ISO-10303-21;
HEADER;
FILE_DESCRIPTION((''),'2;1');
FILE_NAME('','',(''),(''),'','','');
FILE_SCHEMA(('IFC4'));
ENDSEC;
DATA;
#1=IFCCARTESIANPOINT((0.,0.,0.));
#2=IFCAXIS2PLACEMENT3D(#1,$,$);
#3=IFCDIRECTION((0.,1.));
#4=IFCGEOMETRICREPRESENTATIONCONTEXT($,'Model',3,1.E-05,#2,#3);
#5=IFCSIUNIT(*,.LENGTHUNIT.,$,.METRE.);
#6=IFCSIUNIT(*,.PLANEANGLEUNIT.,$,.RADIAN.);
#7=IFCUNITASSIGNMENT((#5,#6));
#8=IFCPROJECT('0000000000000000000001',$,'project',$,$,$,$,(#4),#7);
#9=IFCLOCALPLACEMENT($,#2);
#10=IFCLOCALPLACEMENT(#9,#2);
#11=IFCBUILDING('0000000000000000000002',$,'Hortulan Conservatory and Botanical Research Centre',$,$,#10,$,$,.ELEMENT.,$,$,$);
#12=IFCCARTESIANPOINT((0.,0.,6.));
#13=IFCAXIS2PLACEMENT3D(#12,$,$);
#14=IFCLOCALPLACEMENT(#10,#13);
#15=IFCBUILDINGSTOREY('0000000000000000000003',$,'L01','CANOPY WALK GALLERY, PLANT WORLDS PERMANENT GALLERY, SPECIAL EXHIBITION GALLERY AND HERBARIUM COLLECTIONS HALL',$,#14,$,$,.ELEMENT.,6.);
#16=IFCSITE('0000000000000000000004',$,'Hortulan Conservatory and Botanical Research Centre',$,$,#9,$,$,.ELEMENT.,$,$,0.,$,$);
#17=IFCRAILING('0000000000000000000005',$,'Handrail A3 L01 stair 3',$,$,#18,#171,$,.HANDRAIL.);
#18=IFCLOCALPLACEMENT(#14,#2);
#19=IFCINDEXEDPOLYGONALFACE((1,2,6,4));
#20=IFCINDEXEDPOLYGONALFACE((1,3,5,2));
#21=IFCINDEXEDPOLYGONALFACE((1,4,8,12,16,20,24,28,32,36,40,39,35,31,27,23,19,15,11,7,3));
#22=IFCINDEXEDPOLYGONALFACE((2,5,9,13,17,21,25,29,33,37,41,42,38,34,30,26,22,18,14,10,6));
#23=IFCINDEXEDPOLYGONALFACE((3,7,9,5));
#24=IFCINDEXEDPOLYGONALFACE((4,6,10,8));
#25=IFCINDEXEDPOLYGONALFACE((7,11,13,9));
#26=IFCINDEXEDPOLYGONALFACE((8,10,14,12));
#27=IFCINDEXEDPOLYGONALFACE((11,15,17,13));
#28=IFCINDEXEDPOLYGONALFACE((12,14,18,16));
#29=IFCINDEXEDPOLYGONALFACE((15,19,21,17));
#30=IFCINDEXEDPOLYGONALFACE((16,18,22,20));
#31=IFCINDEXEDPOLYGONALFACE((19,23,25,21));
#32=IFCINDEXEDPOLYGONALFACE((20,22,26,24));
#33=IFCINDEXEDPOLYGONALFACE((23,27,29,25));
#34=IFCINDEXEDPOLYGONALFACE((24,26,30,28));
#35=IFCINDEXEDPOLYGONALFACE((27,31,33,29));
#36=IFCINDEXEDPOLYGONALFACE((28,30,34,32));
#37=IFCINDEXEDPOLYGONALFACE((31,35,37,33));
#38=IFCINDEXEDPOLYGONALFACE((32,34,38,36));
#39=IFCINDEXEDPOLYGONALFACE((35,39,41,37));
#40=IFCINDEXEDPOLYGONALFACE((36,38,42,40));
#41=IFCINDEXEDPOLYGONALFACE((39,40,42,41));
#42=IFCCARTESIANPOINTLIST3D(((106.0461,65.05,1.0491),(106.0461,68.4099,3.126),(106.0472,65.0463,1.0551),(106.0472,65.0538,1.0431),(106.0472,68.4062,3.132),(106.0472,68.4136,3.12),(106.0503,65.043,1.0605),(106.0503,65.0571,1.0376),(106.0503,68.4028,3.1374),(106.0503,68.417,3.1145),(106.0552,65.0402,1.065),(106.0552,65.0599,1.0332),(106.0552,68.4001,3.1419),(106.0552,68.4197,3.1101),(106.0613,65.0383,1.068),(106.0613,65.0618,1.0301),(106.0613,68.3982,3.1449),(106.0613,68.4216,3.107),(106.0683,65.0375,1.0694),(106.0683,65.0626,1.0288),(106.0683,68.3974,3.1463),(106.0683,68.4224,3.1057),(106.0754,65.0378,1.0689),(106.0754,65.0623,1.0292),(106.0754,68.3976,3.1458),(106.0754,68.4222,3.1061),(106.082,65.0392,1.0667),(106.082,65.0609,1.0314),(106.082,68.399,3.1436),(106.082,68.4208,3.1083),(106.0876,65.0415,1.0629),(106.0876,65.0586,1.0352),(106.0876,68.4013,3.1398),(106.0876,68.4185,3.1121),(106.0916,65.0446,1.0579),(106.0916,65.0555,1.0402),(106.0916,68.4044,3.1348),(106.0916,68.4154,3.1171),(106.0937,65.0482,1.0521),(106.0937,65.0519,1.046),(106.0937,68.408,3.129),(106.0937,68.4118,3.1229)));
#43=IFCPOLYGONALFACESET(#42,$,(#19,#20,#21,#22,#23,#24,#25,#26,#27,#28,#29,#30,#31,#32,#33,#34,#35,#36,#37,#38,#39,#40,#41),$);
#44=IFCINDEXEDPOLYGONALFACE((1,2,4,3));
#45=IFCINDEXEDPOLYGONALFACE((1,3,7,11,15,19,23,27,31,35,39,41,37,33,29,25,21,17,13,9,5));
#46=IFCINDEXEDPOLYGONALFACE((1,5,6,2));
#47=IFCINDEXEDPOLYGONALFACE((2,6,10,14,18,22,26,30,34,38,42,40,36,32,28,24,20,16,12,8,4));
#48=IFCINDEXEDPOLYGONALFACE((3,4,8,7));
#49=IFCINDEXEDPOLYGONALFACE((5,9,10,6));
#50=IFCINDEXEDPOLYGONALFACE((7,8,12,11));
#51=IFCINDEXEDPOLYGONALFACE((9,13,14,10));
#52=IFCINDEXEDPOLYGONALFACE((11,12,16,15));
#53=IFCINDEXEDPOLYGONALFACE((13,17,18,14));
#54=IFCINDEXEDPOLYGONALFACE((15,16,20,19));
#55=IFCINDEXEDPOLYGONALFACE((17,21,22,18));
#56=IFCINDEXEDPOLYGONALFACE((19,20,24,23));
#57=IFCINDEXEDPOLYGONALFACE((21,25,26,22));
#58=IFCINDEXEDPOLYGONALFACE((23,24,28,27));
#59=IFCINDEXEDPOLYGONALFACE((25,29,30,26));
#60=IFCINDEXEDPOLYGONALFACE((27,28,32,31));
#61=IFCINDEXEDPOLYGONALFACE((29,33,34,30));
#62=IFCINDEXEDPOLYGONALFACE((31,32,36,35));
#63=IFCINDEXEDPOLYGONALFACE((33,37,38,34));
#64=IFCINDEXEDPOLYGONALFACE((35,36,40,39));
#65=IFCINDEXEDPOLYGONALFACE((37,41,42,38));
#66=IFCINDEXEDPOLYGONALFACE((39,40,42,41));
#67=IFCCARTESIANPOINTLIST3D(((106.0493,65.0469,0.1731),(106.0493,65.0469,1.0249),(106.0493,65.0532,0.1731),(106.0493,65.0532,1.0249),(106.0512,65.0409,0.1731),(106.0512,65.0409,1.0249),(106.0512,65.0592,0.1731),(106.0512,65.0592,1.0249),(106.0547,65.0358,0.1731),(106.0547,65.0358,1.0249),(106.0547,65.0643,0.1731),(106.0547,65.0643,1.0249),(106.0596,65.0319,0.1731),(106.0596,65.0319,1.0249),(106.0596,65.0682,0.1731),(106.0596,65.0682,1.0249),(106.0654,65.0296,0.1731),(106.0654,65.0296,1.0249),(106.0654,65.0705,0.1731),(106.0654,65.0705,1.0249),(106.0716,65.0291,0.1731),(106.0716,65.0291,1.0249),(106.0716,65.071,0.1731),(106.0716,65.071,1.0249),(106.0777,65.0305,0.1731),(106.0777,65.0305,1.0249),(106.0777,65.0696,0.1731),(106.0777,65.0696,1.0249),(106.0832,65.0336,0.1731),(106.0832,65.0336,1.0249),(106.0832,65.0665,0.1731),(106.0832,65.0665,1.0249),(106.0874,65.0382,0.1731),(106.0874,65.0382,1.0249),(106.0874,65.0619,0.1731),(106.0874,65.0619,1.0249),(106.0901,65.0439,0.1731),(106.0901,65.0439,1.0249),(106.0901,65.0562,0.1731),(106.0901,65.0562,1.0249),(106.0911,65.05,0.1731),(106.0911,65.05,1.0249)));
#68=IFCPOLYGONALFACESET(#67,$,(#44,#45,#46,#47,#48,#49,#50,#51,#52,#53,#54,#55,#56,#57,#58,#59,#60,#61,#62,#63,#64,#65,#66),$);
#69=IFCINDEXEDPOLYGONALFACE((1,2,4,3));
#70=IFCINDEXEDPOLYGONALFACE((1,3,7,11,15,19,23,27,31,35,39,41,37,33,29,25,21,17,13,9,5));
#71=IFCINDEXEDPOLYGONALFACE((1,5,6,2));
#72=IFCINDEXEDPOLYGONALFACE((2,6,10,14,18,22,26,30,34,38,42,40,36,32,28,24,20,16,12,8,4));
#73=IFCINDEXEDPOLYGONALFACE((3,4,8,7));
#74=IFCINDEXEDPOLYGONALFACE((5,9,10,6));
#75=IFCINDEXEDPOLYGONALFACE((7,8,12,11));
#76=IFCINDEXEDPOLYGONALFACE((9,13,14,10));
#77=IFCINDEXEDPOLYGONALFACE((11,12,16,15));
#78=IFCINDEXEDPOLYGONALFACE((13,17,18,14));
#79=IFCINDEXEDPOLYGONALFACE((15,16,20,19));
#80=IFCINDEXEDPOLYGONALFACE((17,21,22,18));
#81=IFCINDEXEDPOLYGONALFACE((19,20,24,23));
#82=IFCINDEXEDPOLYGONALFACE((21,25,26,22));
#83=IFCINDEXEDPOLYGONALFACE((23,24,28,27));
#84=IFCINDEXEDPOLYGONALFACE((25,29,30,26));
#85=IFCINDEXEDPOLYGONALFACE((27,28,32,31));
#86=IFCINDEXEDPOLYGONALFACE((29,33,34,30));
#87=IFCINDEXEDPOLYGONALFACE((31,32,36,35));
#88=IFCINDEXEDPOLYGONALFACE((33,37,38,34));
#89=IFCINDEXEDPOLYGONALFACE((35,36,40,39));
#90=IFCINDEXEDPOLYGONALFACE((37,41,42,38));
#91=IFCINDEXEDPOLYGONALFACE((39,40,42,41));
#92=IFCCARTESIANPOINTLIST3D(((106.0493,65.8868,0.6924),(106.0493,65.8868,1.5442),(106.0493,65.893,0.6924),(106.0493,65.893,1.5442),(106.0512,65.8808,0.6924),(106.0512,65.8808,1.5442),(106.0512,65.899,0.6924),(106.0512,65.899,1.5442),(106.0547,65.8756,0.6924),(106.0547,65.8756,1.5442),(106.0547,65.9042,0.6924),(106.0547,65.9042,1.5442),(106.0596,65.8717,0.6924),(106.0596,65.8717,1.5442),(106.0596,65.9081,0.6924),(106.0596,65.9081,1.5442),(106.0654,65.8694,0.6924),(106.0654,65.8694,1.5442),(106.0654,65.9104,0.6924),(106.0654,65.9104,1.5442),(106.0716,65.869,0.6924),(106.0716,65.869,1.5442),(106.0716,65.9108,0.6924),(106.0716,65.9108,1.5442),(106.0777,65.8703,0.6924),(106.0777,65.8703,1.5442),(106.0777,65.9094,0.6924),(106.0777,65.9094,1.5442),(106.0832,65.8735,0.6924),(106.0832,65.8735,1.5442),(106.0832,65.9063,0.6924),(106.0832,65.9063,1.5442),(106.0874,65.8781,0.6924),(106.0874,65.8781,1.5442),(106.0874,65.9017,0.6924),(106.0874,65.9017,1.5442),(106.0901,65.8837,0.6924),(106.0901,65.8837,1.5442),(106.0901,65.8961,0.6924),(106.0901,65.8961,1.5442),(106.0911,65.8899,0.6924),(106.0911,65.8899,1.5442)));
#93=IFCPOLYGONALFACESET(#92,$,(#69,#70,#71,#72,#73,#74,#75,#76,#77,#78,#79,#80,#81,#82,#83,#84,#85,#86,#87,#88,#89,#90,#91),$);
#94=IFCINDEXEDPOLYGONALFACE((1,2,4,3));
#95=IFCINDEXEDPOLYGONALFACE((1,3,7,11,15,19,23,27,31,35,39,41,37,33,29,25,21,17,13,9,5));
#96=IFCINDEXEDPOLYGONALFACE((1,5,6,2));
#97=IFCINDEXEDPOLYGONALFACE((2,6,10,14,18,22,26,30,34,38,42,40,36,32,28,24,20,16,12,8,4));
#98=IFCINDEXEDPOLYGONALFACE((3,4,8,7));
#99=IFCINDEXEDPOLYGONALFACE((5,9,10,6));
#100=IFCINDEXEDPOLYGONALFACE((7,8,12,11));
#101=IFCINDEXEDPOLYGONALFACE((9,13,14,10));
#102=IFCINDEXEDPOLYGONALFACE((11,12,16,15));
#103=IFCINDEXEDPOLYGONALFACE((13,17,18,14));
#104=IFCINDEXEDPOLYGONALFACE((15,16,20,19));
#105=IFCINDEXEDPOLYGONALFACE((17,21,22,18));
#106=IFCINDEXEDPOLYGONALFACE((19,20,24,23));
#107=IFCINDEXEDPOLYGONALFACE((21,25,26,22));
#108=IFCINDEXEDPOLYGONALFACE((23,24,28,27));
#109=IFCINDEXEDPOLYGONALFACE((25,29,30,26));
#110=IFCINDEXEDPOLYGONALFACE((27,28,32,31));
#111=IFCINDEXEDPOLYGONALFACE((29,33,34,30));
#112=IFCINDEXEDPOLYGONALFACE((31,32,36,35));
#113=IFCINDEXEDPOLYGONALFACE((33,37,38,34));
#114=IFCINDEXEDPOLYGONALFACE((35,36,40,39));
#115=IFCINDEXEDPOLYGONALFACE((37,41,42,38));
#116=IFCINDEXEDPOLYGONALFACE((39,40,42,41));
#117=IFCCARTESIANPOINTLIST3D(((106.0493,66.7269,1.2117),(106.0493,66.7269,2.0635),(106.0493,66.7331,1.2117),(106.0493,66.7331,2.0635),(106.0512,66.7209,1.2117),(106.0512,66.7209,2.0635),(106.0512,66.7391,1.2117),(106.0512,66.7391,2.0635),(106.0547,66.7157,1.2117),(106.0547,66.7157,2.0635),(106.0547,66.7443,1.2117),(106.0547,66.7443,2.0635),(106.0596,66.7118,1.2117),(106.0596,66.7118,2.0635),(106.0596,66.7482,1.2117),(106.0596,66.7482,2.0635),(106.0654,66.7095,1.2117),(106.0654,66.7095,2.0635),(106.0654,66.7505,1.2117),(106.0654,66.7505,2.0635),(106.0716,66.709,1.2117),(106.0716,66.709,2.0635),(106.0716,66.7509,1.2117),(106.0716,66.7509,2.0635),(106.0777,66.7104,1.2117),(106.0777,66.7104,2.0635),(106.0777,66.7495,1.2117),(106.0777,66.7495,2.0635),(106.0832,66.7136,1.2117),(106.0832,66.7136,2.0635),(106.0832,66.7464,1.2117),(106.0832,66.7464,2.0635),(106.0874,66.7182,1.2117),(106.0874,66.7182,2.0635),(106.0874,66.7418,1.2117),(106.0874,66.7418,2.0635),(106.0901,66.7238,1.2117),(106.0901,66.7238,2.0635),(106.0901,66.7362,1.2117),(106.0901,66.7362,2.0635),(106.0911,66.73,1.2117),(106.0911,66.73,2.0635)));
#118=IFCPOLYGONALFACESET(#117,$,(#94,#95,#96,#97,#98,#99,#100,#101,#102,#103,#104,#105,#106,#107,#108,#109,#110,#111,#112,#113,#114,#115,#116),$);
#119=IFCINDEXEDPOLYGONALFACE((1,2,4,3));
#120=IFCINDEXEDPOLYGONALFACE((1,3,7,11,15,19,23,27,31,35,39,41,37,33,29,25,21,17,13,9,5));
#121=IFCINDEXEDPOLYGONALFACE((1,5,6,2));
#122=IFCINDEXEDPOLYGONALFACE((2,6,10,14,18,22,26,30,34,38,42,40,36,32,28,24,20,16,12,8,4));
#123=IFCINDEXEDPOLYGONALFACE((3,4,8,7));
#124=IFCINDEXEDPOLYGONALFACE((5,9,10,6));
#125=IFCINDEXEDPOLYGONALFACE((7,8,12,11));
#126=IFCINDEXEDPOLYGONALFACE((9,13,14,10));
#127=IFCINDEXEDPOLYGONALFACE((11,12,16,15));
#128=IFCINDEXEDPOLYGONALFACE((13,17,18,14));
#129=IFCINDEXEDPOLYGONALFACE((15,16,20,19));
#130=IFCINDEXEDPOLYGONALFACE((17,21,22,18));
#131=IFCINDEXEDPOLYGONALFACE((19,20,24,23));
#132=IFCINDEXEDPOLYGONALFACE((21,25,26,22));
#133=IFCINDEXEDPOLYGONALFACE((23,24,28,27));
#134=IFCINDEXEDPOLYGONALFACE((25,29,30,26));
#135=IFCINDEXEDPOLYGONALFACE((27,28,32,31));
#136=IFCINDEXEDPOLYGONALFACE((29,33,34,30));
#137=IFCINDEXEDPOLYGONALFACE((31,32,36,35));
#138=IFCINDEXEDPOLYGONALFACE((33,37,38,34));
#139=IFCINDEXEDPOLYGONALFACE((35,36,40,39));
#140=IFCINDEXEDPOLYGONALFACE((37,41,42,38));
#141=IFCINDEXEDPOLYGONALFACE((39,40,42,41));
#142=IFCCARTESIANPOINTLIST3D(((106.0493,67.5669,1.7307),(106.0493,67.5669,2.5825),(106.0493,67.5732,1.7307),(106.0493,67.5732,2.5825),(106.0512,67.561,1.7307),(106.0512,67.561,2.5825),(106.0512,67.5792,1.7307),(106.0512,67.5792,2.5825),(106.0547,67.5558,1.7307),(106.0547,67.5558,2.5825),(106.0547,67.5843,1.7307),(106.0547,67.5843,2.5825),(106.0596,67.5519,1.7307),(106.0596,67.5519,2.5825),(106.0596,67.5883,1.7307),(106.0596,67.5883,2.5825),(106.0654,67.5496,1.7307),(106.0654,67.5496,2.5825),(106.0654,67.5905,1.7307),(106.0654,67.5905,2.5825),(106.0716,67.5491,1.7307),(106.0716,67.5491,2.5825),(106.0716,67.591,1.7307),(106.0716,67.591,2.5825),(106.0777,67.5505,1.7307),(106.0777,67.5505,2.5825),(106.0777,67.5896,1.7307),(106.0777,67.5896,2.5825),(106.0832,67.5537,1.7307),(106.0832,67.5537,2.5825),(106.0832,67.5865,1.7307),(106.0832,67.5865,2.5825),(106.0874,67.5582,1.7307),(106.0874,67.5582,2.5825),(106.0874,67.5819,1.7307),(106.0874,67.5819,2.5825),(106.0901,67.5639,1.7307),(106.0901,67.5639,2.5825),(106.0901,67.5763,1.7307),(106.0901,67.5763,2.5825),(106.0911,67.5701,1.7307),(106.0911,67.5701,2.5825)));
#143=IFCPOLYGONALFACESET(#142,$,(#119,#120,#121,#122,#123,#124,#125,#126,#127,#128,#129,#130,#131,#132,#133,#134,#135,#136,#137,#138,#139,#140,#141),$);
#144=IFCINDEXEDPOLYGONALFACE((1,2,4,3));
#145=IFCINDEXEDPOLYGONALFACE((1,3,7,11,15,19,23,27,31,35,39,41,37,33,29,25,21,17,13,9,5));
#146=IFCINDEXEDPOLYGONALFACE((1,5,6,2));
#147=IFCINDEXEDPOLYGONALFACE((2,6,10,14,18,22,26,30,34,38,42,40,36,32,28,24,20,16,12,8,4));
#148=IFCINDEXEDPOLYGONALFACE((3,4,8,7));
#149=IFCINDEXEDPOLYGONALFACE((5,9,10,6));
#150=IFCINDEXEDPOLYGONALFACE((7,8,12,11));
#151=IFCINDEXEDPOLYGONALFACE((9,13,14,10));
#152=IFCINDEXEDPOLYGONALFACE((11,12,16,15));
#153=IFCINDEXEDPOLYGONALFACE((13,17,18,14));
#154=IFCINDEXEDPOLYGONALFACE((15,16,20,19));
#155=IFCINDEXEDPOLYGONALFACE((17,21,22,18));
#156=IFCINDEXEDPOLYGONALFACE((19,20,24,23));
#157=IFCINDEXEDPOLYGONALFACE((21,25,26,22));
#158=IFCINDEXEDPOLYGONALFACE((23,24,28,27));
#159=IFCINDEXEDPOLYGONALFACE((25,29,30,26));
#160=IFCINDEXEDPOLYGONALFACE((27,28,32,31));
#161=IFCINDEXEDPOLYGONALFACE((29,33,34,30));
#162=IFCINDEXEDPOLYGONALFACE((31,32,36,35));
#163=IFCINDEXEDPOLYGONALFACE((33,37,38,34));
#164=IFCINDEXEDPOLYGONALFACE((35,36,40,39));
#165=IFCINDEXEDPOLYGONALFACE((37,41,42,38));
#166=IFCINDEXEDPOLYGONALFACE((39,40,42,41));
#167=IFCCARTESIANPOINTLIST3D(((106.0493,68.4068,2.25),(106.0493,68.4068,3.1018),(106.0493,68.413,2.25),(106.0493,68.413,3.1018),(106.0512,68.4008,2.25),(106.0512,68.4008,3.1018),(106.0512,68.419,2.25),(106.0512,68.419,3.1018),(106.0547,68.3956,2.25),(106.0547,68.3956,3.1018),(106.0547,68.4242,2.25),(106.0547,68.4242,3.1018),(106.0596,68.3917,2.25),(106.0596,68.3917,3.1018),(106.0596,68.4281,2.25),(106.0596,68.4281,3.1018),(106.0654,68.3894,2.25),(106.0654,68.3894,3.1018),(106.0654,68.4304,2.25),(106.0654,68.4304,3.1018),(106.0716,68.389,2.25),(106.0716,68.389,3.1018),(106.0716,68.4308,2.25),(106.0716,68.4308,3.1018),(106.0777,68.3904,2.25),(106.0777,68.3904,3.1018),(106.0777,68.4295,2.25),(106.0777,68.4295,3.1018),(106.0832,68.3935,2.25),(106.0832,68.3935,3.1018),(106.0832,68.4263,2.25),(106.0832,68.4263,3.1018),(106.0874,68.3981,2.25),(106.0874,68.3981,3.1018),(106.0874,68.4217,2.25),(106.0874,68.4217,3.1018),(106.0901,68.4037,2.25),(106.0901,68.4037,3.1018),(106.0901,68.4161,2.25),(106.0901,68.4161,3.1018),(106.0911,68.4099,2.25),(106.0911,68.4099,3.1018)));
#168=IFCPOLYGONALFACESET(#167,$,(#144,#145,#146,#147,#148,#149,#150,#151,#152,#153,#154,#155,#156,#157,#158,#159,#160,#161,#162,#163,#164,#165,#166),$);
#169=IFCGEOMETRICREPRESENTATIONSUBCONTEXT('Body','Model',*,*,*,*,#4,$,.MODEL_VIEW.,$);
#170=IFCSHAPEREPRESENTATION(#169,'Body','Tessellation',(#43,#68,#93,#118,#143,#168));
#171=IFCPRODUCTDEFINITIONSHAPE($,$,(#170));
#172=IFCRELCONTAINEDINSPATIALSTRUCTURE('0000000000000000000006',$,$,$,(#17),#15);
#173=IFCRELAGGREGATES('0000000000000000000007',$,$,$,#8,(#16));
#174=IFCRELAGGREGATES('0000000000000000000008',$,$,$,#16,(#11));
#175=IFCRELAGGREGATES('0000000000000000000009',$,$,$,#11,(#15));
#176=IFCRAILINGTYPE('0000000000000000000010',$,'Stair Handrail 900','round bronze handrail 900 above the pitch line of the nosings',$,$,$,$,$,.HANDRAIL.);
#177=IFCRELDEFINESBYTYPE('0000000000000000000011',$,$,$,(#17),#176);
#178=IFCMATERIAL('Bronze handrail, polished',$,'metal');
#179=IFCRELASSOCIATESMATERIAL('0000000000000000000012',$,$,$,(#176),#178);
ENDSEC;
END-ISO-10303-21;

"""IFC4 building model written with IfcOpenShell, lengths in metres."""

from ifc_helpers import new_model, si_unit, direction, frame, origin, origin_2d, place, context, subcontext, project, spatial, circle, extrude, material, type_object, element, save


model = new_model("IFC4")

# Units and contexts
model_context = context("Model", 3, precision=1e-05, world=origin(), true_north=direction((0.0, 1.0)))
body_context = subcontext(model_context, "Body", "Model", "MODEL_VIEW")
ifc_project = project(units=[si_unit("LENGTHUNIT", "METRE"), si_unit("PLANEANGLEUNIT", "RADIAN")], contexts=[model_context])

# Site, building, storey
site_placement = place(None, origin())
site = spatial("IfcSite", under=ifc_project, at=site_placement, Name="Hortulan Conservatory and Botanical Research Centre", CompositionType="ELEMENT", RefElevation=0.0)
building_placement = place(site_placement, origin())
building = spatial("IfcBuilding", under=site, at=building_placement, Name="Hortulan Conservatory and Botanical Research Centre", CompositionType="ELEMENT")
storey_placement = place(building_placement, frame((0.0, 0.0, 6.0)))
storey = spatial("IfcBuildingStorey", under=building, at=storey_placement, Name="L01", Description="CANOPY WALK GALLERY, PLANT WORLDS PERMANENT GALLERY, SPECIAL EXHIBITION GALLERY AND HERBARIUM COLLECTIONS HALL", CompositionType="ELEMENT", Elevation=6.0)

# Railing
ifc_material_1 = material(Name="Bronze handrail, polished", Category="metal")
railing_type_1 = type_object("IfcRailingType", Name="Stair Handrail 900", Description="round bronze handrail 900 above the pitch line of the nosings", PredefinedType="HANDRAIL", material=ifc_material_1)
railing_1_placement = place(storey_placement, frame((106.0701, 65.05, 0.1731)))
element("IfcRailing", 1, at=railing_1_placement, inside=storey, type_object=railing_type_1, Name="Handrail A3 L01 stair 3", PredefinedType="HANDRAIL", context=body_context, shape_type="SweptSolid", body=[
    extrude(circle(Radius=0.0239, at=origin_2d()), frame((0.0, 0.0, 0.876), z_axis=(0.0, 0.850606, 0.525803), x_axis=(-1.0, 0.0, 0.0)), (0.0, 0.0, 1.0), 3.95),
    extrude(circle(Radius=0.021, at=origin_2d()), origin(), (0.0, 0.0, 1.0), 0.8518),
    extrude(circle(Radius=0.021, at=origin_2d()), frame((0.0, 0.8398, 0.5193)), (0.0, 0.0, 1.0), 0.8518),
    extrude(circle(Radius=0.021, at=origin_2d()), frame((0.0, 1.6799, 1.0386)), (0.0, 0.0, 1.0), 0.8518),
    extrude(circle(Radius=0.021, at=origin_2d()), frame((0.0, 2.52, 1.5576)), (0.0, 0.0, 1.0), 0.8518),
    extrude(circle(Radius=0.021, at=origin_2d()), frame((0.0, 3.3599, 2.0769)), (0.0, 0.0, 1.0), 0.8518),
])

save(model, "model.ifc")
